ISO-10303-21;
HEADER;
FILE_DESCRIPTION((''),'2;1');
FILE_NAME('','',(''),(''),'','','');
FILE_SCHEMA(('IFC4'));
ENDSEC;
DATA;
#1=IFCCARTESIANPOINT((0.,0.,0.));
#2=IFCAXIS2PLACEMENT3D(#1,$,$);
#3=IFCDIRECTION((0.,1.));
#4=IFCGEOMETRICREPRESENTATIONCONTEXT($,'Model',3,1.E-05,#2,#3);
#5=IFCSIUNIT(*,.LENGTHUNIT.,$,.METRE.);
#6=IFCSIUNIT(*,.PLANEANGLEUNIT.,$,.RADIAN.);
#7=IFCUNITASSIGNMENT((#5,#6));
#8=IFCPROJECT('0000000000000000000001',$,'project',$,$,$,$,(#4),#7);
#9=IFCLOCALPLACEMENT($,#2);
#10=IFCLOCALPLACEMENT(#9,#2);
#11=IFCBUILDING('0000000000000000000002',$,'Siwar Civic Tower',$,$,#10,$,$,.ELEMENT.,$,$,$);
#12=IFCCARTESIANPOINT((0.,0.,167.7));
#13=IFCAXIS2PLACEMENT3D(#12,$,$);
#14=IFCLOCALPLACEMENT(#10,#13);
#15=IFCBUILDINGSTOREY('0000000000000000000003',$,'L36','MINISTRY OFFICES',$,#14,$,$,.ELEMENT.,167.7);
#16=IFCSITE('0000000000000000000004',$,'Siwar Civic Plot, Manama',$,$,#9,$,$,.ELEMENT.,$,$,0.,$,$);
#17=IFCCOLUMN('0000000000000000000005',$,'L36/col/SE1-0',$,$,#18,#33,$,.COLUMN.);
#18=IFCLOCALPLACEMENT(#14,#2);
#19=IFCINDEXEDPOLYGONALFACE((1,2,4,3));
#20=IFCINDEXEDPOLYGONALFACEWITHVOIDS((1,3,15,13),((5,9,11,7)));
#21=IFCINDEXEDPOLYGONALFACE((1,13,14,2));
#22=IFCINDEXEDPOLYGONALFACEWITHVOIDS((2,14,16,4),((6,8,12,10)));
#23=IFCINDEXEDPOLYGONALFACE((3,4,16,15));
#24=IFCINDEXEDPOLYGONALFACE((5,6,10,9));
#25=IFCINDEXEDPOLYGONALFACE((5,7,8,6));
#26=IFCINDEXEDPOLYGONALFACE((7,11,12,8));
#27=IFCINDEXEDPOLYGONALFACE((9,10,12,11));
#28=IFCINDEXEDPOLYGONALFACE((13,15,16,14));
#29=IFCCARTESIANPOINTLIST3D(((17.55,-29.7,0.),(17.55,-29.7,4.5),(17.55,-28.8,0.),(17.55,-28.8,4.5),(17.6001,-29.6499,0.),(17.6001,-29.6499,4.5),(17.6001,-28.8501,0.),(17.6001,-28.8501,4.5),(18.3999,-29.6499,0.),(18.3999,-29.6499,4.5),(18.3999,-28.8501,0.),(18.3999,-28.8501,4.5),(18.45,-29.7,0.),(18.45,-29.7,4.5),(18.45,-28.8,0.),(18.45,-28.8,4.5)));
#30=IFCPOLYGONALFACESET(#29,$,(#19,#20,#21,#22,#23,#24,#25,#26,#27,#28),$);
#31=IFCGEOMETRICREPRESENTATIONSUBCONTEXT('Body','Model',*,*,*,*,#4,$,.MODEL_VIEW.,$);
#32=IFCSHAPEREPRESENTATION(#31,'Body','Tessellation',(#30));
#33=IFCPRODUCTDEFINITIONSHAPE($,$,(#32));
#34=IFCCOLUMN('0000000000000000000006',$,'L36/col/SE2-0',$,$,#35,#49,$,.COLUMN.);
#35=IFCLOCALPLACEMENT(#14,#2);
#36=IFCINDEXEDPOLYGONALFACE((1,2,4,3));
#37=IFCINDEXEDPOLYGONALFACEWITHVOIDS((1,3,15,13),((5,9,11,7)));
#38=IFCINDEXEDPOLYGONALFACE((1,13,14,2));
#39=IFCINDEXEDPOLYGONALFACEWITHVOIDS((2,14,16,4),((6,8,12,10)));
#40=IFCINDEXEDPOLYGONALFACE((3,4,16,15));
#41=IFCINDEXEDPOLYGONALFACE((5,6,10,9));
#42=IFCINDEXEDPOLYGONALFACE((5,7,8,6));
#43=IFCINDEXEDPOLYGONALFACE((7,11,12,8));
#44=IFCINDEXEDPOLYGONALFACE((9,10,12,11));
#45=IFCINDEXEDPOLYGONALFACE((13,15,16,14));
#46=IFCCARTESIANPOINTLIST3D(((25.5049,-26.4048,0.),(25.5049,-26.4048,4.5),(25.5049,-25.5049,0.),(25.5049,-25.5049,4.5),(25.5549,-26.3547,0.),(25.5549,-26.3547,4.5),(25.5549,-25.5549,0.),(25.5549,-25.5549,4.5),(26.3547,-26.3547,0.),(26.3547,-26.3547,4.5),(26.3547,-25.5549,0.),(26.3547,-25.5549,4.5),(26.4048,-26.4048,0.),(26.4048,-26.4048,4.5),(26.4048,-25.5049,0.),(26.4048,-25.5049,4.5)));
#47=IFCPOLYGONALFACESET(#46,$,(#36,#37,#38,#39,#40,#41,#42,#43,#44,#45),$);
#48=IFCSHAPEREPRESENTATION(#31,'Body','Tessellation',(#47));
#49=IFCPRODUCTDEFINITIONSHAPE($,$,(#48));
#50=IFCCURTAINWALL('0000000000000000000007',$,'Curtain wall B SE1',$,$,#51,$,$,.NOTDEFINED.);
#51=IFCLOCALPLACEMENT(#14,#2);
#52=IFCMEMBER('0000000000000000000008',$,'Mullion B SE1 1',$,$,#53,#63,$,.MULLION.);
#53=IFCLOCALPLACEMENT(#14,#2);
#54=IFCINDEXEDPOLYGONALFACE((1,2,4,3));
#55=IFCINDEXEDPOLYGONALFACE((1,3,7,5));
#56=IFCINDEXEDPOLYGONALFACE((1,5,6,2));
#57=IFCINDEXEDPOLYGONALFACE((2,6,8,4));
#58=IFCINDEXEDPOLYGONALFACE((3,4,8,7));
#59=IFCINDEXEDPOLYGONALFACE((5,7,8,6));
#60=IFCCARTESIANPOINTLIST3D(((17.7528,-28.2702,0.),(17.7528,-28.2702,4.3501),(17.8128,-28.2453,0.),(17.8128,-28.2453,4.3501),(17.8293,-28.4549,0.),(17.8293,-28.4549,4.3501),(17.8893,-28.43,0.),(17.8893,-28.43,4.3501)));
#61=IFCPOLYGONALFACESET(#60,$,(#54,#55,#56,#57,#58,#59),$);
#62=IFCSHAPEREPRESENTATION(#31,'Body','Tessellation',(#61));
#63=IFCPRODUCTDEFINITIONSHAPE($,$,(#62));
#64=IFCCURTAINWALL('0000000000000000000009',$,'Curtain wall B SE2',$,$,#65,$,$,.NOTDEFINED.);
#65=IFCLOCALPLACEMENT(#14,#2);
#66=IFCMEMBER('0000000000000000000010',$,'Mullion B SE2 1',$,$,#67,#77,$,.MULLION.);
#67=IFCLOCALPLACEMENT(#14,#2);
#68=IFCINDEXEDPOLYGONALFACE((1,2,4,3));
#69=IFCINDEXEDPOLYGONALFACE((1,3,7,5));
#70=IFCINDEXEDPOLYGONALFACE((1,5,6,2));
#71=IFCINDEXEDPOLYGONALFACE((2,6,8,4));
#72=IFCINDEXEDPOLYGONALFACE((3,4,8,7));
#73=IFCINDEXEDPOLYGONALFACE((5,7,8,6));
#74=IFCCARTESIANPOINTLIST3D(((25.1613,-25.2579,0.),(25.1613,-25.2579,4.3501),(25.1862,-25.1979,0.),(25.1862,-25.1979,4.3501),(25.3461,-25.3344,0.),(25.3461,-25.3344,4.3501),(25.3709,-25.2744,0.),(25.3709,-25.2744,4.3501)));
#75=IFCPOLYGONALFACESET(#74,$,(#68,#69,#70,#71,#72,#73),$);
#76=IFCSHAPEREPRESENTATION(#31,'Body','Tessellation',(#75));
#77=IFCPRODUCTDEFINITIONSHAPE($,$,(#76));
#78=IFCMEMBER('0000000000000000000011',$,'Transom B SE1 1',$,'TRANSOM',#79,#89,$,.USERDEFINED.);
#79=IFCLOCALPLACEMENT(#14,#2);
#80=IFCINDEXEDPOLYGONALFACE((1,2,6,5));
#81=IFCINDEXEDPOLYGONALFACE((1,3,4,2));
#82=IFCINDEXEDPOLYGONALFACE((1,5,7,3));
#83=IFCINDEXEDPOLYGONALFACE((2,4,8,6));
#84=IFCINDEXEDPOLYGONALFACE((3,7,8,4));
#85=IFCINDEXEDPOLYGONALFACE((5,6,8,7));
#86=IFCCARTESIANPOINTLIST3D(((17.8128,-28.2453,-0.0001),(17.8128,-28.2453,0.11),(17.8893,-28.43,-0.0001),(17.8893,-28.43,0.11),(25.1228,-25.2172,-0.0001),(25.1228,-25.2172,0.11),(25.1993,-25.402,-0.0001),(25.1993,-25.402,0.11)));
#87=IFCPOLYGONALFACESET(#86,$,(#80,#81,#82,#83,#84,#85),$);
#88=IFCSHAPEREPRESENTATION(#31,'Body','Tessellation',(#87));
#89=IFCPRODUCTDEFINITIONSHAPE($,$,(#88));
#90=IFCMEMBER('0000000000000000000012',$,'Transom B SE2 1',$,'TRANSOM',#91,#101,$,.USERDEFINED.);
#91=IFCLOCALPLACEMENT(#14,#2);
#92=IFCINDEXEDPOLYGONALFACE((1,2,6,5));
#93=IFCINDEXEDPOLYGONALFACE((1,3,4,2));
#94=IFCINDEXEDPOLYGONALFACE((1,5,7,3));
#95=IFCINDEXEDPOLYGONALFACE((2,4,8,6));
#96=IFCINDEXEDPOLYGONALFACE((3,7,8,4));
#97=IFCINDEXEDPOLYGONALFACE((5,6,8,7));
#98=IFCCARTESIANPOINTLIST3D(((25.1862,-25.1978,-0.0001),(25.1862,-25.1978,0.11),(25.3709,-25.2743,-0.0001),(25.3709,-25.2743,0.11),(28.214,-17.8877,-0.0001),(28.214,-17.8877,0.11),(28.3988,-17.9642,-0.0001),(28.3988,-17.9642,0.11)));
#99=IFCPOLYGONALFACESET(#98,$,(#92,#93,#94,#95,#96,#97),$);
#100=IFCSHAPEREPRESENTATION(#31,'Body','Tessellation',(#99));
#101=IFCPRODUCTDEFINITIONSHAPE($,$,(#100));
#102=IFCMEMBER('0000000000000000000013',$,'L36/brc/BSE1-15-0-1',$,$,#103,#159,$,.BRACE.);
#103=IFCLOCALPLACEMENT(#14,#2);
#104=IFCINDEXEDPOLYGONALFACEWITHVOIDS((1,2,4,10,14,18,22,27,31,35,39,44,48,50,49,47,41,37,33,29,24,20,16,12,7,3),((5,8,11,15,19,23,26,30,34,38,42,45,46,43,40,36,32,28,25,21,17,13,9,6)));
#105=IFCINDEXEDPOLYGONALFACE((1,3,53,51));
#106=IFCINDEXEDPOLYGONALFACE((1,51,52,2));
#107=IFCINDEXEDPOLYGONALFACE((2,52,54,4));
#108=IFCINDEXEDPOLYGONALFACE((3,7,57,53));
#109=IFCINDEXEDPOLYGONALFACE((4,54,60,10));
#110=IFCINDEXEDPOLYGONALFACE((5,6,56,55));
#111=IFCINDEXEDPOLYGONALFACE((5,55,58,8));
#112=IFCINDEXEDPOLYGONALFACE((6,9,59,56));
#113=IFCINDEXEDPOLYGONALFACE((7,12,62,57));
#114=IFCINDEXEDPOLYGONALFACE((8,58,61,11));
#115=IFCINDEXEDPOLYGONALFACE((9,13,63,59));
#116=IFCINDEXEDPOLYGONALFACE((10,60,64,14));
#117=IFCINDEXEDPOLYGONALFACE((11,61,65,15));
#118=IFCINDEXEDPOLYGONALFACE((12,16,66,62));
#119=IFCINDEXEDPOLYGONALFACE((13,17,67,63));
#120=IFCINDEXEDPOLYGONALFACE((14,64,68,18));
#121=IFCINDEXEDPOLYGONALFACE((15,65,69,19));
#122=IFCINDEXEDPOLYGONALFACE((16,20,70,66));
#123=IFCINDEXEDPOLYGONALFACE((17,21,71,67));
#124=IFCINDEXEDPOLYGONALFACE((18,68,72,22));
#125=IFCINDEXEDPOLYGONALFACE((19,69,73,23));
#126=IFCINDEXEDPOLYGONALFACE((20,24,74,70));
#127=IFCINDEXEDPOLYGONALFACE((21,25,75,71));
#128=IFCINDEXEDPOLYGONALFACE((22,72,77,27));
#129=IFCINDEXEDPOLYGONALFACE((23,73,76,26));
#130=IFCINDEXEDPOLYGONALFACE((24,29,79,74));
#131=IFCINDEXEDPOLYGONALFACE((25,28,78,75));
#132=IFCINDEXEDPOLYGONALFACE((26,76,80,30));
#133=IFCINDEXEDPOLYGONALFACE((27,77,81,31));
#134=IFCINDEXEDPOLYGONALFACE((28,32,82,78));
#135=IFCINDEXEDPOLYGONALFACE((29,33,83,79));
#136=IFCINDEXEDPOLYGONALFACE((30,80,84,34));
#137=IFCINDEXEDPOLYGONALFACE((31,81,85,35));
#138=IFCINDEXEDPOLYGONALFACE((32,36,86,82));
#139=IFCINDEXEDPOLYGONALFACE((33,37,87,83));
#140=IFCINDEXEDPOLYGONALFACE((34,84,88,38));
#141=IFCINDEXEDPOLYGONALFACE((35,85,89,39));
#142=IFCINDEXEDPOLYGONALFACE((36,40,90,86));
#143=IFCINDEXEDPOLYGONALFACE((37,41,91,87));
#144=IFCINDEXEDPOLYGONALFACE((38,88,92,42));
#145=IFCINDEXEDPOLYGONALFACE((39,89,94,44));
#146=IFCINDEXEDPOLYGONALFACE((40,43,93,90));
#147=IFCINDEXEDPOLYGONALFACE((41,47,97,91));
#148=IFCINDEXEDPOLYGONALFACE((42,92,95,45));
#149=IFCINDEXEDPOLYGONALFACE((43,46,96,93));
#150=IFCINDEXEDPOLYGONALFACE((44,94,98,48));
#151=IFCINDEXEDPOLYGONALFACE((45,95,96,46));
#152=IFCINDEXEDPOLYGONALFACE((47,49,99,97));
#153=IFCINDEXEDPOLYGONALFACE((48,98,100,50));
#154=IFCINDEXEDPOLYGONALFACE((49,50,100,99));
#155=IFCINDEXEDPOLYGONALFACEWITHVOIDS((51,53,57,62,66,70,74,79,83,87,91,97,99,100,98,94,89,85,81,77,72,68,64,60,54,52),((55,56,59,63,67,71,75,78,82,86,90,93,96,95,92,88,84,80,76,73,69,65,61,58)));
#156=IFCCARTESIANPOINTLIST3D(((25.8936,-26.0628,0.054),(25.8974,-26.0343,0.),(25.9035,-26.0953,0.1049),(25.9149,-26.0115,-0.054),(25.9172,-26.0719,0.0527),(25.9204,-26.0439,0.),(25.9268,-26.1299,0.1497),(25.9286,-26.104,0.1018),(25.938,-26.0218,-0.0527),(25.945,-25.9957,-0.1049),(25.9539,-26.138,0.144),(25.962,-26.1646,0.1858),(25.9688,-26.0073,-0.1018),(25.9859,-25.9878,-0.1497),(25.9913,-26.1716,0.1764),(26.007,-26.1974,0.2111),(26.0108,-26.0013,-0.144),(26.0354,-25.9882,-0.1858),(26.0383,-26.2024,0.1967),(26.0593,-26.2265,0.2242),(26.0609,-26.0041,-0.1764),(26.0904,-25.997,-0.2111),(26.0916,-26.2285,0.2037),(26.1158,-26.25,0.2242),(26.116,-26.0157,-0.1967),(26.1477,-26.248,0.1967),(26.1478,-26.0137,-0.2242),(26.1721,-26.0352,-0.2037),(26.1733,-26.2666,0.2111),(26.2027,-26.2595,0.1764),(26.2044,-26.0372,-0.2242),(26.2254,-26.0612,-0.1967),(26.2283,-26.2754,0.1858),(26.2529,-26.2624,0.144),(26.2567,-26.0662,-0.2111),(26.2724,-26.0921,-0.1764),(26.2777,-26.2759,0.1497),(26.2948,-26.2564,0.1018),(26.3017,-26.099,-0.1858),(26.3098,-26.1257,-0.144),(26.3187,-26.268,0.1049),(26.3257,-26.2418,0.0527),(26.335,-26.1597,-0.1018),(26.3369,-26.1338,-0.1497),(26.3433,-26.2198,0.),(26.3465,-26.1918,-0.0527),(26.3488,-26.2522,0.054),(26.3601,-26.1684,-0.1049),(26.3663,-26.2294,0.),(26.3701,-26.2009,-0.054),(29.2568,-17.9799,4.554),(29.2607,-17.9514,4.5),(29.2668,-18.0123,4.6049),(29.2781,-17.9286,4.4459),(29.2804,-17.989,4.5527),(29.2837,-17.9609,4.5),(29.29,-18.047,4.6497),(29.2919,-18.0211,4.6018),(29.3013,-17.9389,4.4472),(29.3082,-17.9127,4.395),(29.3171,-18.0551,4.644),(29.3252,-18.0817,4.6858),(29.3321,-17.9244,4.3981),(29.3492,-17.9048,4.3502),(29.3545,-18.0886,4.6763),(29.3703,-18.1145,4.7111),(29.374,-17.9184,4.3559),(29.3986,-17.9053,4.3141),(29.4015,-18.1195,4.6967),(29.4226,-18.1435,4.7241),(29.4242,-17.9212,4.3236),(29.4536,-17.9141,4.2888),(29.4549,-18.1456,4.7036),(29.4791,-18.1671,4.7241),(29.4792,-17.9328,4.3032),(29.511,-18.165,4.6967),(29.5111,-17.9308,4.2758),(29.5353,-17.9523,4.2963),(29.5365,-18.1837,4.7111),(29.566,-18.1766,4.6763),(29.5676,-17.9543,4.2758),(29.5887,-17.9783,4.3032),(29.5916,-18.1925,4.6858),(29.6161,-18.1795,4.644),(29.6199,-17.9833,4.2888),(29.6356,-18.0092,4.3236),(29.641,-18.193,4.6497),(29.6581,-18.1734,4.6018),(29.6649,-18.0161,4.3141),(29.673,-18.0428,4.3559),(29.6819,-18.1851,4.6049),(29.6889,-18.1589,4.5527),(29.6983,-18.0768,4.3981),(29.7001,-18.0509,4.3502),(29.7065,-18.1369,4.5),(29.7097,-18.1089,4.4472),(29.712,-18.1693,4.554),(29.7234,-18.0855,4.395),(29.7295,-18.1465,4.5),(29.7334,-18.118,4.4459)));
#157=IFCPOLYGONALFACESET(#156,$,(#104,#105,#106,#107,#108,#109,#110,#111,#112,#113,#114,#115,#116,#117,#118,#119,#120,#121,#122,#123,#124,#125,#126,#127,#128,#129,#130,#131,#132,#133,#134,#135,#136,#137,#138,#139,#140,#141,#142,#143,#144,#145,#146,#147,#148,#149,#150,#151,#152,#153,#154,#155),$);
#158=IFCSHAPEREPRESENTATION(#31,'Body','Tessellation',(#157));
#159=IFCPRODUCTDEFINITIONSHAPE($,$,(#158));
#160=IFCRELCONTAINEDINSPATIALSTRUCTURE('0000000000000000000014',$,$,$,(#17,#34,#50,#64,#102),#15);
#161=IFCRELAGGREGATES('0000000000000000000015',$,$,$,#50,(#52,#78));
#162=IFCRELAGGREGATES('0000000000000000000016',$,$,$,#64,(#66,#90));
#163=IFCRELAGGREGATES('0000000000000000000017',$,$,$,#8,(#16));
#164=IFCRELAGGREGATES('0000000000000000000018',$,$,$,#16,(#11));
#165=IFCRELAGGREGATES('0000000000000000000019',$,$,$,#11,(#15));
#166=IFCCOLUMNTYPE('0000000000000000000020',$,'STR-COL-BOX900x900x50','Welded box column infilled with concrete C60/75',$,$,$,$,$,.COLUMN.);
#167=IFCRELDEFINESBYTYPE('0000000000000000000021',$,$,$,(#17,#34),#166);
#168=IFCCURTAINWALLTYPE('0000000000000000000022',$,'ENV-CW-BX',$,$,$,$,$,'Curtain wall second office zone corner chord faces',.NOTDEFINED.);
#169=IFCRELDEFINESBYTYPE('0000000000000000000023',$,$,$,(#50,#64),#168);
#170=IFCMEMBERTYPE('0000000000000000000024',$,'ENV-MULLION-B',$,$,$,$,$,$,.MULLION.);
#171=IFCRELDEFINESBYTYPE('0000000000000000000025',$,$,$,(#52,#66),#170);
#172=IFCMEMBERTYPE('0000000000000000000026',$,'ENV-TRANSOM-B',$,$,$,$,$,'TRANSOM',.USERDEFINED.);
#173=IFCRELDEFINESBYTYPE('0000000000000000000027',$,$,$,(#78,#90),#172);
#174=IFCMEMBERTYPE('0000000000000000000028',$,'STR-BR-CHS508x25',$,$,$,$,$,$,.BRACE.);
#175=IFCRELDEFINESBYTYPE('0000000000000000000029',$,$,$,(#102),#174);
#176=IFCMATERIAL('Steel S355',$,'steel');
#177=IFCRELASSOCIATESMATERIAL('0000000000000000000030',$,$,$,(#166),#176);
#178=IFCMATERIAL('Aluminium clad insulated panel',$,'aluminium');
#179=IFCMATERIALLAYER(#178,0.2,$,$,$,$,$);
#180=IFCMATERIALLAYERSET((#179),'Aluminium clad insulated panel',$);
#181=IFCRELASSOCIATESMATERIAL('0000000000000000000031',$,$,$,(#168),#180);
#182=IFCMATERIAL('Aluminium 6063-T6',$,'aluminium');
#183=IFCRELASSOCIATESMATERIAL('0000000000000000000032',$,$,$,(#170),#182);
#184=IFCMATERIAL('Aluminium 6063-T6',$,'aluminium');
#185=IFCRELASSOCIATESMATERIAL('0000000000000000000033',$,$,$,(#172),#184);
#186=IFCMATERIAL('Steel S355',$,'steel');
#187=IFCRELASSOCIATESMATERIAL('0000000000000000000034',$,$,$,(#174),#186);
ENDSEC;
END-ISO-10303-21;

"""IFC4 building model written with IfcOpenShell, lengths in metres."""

from ifc_helpers import new_model, si_unit, direction, frame, origin, origin_2d, place, context, subcontext, project, spatial, rectangle, hollow_rectangle, hollow_circle, extrude, material, layer, layer_set, material_profile, profile_set, type_object, element, aggregate, save


model = new_model("IFC4")

# Units and contexts
model_context = context("Model", 3, precision=1e-05, world=origin(), true_north=direction((0.0, 1.0)))
body_context = subcontext(model_context, "Body", "Model", "MODEL_VIEW")
ifc_project = project(units=[si_unit("LENGTHUNIT", "METRE"), si_unit("PLANEANGLEUNIT", "RADIAN")], contexts=[model_context])

# Site, building, storey
site_placement = place(None, origin())
site = spatial("IfcSite", under=ifc_project, at=site_placement, Name="Siwar Civic Plot, Manama", CompositionType="ELEMENT", RefElevation=0.0)
building_placement = place(site_placement, origin())
building = spatial("IfcBuilding", under=site, at=building_placement, Name="Siwar Civic Tower", CompositionType="ELEMENT")
storey_placement = place(building_placement, frame((0.0, 0.0, 167.7)))
storey = spatial("IfcBuildingStorey", under=building, at=storey_placement, Name="L36", Description="MINISTRY OFFICES", CompositionType="ELEMENT", Elevation=167.7)

# Columns
ifc_material_1 = material(Name="Steel S355", Category="steel")
ifc_material_profile_1 = material_profile(ifc_material_1, hollow_rectangle(XDim=0.8999, YDim=0.8999, WallThickness=0.05, at=origin_2d()), Name="BOX900x900x50")
ifc_profile_set_1 = profile_set([ifc_material_profile_1], Name="Steel S355")
column_type = type_object("IfcColumnType", Name="STR-COL-BOX900x900x50", Description="Welded box column infilled with concrete C60/75", PredefinedType="COLUMN", material=ifc_profile_set_1)
for number, where, z_axis, x_axis, name in (
    (1, (18.0, -29.25, 0.0), (0.0, 0.0, 1.0), (1.0, 0.0, 0.0), "L36/col/SE1-0"),
    (2, (25.9548, -25.9548, 0.0), (0.0, 0.0, 1.0), (1.0, 0.0, 0.0), "L36/col/SE2-0"),
):
    element("IfcColumn", number, at=place(storey_placement, frame(where, z_axis=z_axis, x_axis=x_axis)), inside=storey, type_object=column_type, Name=name, PredefinedType="COLUMN", context=body_context, shape_type="SweptSolid", body=[
        extrude(hollow_rectangle(XDim=0.8999, YDim=0.8999, WallThickness=0.05, at=origin_2d()), origin(), (0.0, 0.0, 1.0), 4.5),
    ])

# Curtain walls, members
ifc_material_2 = material(Name="Aluminium clad insulated panel", Category="aluminium")
ifc_layer_1 = layer(ifc_material_2, 0.2)
ifc_layer_set_1 = layer_set([ifc_layer_1], Name="Aluminium clad insulated panel")
curtain_wall_type = type_object("IfcCurtainWallType", Name="ENV-CW-BX", ElementType="Curtain wall second office zone corner chord faces", PredefinedType="NOTDEFINED", material=ifc_layer_set_1)
curtain_wall_1_placement = place(storey_placement, origin())
curtain_wall_1 = element("IfcCurtainWall", 3, at=curtain_wall_1_placement, inside=storey, type_object=curtain_wall_type, Name="Curtain wall B SE1", PredefinedType="NOTDEFINED")
ifc_material_3 = material(Name="Aluminium 6063-T6", Category="aluminium")
ifc_material_profile_2 = material_profile(ifc_material_3, rectangle(XDim=0.2, YDim=0.0649, at=origin_2d()), Name="AL 200x65")
ifc_profile_set_2 = profile_set([ifc_material_profile_2], Name="Aluminium 6063-T6")
member_type_1 = type_object("IfcMemberType", Name="ENV-MULLION-B", PredefinedType="MULLION", material=ifc_profile_set_2)
member_1_placement = place(storey_placement, frame((17.821, -28.3501, 0.0), z_axis=(0.0, 0.0, 1.0), x_axis=(-0.382683, 0.92388, 0.0)))
member_1 = element("IfcMember", 4, at=member_1_placement, type_object=member_type_1, Name="Mullion B SE1 1", PredefinedType="MULLION", context=body_context, shape_type="SweptSolid", body=[
    extrude(rectangle(XDim=0.2, YDim=0.0649, at=origin_2d()), origin(), (0.0, 0.0, 1.0), 4.3501),
])
curtain_wall_2_placement = place(storey_placement, origin())
curtain_wall_2 = element("IfcCurtainWall", 5, at=curtain_wall_2_placement, inside=storey, type_object=curtain_wall_type, Name="Curtain wall B SE2", PredefinedType="NOTDEFINED")
member_2_placement = place(storey_placement, frame((25.2661, -25.2661, 0.0), z_axis=(0.0, 0.0, 1.0), x_axis=(-0.92388, 0.382683, 0.0)))
member_2 = element("IfcMember", 6, at=member_2_placement, type_object=member_type_1, Name="Mullion B SE2 1", PredefinedType="MULLION", context=body_context, shape_type="SweptSolid", body=[
    extrude(rectangle(XDim=0.2, YDim=0.0649, at=origin_2d()), origin(), (0.0, 0.0, 1.0), 4.3501),
])

# Members
ifc_material_4 = material(Name="Aluminium 6063-T6", Category="aluminium")
ifc_material_profile_3 = material_profile(ifc_material_4, rectangle(XDim=0.2, YDim=0.1101, at=origin_2d()), Name="AL 200x110")
ifc_profile_set_3 = profile_set([ifc_material_profile_3], Name="Aluminium 6063-T6")
member_type_2 = type_object("IfcMemberType", Name="ENV-TRANSOM-B", ElementType="TRANSOM", PredefinedType="USERDEFINED", material=ifc_profile_set_3)
member_3_placement = place(storey_placement, frame((17.8511, -28.3376, 0.0549), z_axis=(0.923873, 0.3827, 0.0), x_axis=(-0.3827, 0.923873, 0.0)))
member_3 = element("IfcMember", 7, at=member_3_placement, type_object=member_type_2, Name="Transom B SE1 1", ObjectType="TRANSOM", PredefinedType="USERDEFINED", context=body_context, shape_type="SweptSolid", body=[
    extrude(rectangle(XDim=0.2, YDim=0.1101, at=origin_2d()), origin(), (0.0, 0.0, 1.0), 7.9124),
])
member_4_placement = place(storey_placement, frame((25.2786, -25.2361, 0.0549), z_axis=(0.382673, 0.923884, 0.0), x_axis=(-0.923884, 0.382673, 0.0)))
member_4 = element("IfcMember", 8, at=member_4_placement, type_object=member_type_2, Name="Transom B SE2 1", ObjectType="TRANSOM", PredefinedType="USERDEFINED", context=body_context, shape_type="SweptSolid", body=[
    extrude(rectangle(XDim=0.2, YDim=0.1101, at=origin_2d()), origin(), (0.0, 0.0, 1.0), 7.9124),
])

# Member
ifc_material_5 = material(Name="Steel S355", Category="steel")
ifc_material_profile_4 = material_profile(ifc_material_5, hollow_circle(Radius=0.2539, WallThickness=0.0249, at=origin_2d()), Name="CHS508x25")
ifc_profile_set_4 = profile_set([ifc_material_profile_4], Name="Steel S355")
member_type_3 = type_object("IfcMemberType", Name="STR-BR-CHS508x25", PredefinedType="BRACE", material=ifc_profile_set_4)
member_5_placement = place(storey_placement, frame((26.1318, -26.1318, 0.0), z_axis=(0.341671, 0.821143, 0.457149), x_axis=(-0.923265, 0.384164, 0.0)))
element("IfcMember", 9, at=member_5_placement, inside=storey, type_object=member_type_3, Name="L36/brc/BSE1-15-0-1", PredefinedType="BRACE", context=body_context, shape_type="SweptSolid", body=[
    extrude(hollow_circle(Radius=0.2539, WallThickness=0.0249, at=origin_2d()), origin(), (0.0, 0.0, 1.0), 9.8435),
])

aggregate(curtain_wall_1, [member_1, member_3])
aggregate(curtain_wall_2, [member_2, member_4])

save(model, "model.ifc")
